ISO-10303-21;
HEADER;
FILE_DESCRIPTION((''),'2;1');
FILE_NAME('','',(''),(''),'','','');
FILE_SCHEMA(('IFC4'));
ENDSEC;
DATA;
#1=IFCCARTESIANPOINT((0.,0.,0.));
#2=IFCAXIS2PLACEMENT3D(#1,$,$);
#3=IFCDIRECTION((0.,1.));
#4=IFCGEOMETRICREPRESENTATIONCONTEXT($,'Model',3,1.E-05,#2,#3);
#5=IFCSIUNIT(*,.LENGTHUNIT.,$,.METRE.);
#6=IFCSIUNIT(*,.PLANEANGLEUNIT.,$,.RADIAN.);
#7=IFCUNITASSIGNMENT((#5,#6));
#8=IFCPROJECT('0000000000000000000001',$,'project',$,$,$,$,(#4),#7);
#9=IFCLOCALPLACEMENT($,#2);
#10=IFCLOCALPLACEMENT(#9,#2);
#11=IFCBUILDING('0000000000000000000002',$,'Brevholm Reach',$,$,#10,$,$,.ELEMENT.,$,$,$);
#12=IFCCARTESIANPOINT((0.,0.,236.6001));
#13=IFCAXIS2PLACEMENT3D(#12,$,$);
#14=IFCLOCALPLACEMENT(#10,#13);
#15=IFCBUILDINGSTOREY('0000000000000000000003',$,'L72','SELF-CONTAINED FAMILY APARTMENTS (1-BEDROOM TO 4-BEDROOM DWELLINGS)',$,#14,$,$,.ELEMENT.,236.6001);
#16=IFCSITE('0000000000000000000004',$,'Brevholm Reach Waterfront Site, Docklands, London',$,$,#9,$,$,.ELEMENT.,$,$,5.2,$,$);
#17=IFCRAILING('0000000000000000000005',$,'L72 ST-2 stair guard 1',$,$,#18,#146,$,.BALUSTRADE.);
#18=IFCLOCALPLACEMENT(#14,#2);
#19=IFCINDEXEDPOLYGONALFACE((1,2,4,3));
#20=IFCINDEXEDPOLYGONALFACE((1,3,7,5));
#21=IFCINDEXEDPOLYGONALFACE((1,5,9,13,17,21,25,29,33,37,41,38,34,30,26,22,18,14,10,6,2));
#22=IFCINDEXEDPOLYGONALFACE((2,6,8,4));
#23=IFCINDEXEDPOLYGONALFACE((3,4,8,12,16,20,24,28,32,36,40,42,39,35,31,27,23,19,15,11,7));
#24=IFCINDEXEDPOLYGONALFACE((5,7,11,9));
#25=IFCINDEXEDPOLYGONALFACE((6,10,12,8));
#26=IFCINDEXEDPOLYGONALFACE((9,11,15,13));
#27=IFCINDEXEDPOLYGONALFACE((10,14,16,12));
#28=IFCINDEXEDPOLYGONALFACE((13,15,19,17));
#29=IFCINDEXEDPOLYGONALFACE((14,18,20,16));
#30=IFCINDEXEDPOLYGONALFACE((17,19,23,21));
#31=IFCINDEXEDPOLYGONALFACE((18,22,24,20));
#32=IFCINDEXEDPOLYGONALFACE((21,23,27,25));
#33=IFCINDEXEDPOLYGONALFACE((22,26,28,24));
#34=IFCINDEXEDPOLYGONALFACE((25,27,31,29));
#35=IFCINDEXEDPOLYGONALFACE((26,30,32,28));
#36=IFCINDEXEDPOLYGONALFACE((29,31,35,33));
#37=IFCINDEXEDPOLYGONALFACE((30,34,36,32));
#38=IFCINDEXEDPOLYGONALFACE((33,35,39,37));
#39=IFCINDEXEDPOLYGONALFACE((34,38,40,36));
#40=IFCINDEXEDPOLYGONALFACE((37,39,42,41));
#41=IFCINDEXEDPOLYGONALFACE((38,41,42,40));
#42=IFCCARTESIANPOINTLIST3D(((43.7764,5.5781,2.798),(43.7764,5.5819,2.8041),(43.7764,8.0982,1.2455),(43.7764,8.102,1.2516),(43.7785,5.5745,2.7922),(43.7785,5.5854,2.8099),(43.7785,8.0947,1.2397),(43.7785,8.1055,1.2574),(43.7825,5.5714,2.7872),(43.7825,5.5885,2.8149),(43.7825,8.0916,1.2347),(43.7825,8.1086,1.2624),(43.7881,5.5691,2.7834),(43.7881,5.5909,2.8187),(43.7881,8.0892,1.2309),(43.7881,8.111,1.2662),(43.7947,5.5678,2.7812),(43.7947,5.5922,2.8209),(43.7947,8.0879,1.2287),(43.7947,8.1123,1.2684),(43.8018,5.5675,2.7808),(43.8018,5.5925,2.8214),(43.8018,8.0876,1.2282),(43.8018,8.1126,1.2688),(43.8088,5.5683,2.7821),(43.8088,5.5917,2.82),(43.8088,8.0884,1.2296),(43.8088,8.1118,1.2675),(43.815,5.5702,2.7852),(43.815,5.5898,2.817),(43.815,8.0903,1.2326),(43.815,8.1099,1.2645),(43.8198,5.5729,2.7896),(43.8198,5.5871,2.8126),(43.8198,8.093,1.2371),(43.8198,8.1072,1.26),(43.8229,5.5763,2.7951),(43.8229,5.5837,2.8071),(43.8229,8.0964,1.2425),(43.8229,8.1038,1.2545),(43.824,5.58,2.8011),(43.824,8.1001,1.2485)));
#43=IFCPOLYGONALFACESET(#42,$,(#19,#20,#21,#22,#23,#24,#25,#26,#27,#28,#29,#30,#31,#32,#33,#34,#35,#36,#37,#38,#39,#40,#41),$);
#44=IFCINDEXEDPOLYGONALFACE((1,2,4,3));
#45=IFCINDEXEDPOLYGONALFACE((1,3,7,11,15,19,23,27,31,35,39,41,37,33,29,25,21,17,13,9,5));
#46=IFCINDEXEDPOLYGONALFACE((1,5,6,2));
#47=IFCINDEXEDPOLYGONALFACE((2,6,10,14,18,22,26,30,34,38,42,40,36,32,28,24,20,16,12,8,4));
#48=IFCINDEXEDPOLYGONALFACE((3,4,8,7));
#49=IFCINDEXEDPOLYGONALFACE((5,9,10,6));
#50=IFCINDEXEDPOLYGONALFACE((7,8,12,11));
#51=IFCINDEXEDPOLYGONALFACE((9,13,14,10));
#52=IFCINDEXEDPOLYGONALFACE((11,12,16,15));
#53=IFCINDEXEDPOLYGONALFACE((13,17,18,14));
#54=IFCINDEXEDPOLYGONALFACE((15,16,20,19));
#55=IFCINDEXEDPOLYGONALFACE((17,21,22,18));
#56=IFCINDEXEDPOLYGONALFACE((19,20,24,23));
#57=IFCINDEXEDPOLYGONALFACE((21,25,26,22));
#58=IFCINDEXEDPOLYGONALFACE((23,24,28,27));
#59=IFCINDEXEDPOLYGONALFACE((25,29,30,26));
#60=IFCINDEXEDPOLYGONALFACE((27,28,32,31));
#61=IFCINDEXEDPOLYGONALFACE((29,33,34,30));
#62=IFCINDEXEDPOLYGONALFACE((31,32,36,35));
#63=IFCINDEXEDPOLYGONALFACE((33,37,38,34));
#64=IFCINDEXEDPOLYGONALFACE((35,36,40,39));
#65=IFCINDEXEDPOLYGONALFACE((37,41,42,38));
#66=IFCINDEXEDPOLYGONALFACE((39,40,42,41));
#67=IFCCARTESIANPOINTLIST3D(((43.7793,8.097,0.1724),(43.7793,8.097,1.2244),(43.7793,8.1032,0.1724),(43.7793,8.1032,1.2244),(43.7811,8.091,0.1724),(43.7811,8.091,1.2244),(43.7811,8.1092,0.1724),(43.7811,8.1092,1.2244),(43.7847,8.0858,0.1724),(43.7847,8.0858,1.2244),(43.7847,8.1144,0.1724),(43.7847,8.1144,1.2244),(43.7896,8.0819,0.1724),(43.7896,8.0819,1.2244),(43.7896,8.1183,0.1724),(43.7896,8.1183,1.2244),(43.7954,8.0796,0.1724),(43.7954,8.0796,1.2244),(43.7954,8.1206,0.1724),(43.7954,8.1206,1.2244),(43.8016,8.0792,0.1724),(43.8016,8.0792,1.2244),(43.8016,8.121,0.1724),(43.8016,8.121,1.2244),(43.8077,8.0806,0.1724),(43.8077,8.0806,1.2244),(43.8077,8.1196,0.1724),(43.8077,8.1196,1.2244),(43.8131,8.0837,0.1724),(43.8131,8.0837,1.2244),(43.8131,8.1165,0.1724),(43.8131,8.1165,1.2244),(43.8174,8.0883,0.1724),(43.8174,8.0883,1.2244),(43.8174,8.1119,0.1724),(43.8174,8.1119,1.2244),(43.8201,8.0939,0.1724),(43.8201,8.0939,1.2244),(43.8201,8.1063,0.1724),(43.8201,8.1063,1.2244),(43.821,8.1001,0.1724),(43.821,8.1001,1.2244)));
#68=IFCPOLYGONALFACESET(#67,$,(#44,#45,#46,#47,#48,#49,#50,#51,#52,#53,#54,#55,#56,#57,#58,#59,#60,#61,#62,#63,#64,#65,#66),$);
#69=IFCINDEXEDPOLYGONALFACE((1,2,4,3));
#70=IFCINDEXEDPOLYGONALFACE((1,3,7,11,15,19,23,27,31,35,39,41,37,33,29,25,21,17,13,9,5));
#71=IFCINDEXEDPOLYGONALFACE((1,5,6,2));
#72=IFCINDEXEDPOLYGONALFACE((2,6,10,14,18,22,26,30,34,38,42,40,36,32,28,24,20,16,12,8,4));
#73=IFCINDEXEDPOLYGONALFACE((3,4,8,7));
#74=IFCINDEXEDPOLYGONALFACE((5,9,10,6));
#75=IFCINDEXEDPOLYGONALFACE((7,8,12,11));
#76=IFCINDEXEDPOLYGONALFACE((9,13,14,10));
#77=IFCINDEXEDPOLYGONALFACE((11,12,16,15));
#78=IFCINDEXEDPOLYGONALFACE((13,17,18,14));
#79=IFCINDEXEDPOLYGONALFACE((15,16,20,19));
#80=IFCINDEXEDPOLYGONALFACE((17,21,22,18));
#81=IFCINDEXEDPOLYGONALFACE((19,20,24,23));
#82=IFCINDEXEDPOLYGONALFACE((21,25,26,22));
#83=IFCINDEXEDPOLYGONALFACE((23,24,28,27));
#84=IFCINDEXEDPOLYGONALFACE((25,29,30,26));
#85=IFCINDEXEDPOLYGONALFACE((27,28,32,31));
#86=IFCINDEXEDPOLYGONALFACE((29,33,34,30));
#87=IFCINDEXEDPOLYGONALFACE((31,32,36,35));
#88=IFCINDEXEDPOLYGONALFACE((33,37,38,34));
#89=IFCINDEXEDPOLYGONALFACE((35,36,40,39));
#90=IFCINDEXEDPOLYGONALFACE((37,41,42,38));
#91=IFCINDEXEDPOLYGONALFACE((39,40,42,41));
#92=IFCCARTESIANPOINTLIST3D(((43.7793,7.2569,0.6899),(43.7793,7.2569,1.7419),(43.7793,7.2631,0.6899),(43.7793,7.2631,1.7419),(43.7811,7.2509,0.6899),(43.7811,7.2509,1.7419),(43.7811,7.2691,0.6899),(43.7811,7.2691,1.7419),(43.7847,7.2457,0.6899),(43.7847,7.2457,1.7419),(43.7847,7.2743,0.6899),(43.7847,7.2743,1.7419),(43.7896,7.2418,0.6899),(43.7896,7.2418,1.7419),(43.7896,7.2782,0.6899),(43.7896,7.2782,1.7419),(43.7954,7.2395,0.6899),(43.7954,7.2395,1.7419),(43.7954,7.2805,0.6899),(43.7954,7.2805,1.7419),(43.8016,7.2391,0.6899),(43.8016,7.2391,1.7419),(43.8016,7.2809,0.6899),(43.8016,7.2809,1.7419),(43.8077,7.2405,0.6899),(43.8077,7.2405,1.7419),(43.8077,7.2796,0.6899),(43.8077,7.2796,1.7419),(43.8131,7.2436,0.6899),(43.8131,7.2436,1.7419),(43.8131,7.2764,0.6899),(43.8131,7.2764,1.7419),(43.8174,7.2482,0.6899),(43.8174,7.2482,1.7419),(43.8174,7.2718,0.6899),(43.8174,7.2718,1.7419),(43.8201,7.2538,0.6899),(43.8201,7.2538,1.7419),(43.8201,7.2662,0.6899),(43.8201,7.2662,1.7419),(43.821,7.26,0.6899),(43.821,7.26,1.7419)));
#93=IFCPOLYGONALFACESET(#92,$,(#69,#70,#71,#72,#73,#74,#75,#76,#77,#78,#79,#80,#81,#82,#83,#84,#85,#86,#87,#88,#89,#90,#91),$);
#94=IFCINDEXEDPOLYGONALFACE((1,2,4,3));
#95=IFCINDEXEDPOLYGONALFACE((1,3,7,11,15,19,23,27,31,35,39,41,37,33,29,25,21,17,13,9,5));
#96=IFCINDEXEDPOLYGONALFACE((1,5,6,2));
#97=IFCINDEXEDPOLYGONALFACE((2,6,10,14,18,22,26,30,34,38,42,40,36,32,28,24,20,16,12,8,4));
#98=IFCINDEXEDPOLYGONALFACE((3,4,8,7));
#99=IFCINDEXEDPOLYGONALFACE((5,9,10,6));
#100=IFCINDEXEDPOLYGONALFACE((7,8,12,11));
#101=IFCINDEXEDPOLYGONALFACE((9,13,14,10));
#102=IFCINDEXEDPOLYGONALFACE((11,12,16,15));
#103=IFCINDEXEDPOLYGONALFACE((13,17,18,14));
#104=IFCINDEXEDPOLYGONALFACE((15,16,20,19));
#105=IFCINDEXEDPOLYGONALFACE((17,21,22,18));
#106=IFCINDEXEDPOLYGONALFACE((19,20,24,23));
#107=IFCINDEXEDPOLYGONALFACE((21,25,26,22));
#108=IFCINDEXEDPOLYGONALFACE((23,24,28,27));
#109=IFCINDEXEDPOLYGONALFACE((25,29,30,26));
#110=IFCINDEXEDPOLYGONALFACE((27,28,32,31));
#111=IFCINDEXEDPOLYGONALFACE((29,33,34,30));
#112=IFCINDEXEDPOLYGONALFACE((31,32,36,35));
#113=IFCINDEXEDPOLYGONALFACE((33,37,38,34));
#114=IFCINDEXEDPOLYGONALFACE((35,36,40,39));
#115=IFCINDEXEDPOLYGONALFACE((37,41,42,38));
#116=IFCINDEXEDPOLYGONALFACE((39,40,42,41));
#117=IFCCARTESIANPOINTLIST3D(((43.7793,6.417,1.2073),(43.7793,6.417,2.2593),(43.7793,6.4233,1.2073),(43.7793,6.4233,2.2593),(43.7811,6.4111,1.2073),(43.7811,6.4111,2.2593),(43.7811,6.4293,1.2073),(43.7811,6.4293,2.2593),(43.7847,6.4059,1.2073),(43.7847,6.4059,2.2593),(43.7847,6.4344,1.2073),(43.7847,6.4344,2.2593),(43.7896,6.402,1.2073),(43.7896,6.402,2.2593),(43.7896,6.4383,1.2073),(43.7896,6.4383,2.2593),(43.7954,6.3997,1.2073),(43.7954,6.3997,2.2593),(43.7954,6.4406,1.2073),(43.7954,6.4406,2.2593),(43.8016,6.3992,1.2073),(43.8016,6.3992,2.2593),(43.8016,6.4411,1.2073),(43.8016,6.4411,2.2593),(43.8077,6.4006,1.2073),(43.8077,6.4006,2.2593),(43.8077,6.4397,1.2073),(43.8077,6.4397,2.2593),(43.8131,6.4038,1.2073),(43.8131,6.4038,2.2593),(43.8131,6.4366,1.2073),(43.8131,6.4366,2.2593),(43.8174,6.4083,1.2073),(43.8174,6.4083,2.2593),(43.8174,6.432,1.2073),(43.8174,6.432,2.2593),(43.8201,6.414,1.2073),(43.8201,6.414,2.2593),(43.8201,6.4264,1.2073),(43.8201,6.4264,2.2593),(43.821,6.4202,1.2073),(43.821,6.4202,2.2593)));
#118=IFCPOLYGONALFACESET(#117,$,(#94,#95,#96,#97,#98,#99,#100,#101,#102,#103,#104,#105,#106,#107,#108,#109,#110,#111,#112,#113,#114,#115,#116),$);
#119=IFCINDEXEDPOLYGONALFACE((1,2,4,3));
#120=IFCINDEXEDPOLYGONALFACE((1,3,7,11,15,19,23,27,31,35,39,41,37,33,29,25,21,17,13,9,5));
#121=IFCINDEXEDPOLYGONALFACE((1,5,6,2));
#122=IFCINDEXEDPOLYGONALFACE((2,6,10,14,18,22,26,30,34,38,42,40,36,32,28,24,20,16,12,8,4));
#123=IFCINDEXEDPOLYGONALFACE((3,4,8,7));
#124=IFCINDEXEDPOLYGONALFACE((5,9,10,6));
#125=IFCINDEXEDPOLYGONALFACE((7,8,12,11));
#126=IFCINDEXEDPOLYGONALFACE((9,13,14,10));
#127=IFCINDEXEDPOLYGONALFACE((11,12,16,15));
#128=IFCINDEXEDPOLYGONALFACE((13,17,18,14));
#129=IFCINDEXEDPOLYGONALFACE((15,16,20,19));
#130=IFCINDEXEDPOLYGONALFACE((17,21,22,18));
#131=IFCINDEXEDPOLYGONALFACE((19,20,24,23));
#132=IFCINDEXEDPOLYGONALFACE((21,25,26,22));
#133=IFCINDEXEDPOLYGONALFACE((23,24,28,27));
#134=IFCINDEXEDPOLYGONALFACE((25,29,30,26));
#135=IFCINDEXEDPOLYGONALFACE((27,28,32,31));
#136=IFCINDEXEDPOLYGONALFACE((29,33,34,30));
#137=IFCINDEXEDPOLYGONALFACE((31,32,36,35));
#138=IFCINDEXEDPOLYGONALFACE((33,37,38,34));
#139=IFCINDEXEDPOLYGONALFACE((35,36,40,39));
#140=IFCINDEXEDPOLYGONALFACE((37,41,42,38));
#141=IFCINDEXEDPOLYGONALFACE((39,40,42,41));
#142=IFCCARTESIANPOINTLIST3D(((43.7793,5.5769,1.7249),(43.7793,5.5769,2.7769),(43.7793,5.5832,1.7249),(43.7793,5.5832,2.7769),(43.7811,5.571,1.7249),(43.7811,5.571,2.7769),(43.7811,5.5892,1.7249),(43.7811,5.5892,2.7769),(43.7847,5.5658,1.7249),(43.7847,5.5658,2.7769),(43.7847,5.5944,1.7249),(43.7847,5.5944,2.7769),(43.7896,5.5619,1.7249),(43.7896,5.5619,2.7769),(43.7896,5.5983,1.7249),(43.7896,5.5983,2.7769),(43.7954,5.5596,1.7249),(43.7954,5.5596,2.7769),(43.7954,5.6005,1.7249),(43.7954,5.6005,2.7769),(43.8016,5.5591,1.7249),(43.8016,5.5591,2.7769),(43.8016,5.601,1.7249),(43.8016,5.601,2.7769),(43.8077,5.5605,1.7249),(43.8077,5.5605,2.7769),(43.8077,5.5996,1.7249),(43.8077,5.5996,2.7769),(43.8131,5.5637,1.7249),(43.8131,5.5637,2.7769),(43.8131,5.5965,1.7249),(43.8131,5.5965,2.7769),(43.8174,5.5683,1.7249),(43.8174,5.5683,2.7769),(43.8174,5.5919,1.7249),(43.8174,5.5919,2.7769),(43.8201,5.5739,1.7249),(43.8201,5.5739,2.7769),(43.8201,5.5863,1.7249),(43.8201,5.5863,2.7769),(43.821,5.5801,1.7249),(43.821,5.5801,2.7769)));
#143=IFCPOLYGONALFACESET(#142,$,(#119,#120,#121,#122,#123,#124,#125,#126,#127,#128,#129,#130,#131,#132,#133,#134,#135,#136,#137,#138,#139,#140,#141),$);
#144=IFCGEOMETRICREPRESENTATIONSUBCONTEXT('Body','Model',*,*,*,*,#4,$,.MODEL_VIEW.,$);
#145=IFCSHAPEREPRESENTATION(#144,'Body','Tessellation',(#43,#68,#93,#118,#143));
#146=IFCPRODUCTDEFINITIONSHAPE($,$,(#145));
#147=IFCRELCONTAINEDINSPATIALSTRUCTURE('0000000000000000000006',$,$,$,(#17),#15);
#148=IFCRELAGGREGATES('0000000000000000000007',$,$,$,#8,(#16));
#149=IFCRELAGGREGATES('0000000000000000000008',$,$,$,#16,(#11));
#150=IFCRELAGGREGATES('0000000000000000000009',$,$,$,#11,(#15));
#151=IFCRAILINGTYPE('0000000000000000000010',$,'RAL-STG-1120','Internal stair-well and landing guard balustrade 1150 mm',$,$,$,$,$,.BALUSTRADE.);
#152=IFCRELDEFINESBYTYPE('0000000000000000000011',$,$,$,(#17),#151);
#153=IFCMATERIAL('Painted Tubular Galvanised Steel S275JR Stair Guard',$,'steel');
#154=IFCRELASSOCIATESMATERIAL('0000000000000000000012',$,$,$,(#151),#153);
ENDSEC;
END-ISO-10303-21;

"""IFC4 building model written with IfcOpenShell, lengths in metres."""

from ifc_helpers import new_model, si_unit, direction, frame, origin, origin_2d, place, context, subcontext, project, spatial, circle, extrude, material, type_object, element, save


model = new_model("IFC4")

# Units and contexts
model_context = context("Model", 3, precision=1e-05, world=origin(), true_north=direction((0.0, 1.0)))
body_context = subcontext(model_context, "Body", "Model", "MODEL_VIEW")
ifc_project = project(units=[si_unit("LENGTHUNIT", "METRE"), si_unit("PLANEANGLEUNIT", "RADIAN")], contexts=[model_context])

# Site, building, storey
site_placement = place(None, origin())
site = spatial("IfcSite", under=ifc_project, at=site_placement, Name="Brevholm Reach Waterfront Site, Docklands, London", CompositionType="ELEMENT", RefElevation=5.2)
building_placement = place(site_placement, origin())
building = spatial("IfcBuilding", under=site, at=building_placement, Name="Brevholm Reach", CompositionType="ELEMENT")
storey_placement = place(building_placement, frame((0.0, 0.0, 236.6001)))
storey = spatial("IfcBuildingStorey", under=building, at=storey_placement, Name="L72", Description="SELF-CONTAINED FAMILY APARTMENTS (1-BEDROOM TO 4-BEDROOM DWELLINGS)", CompositionType="ELEMENT", Elevation=236.6001)

# Railing
ifc_material_1 = material(Name="Painted Tubular Galvanised Steel S275JR Stair Guard", Category="steel")
railing_type_1 = type_object("IfcRailingType", Name="RAL-STG-1120", Description="Internal stair-well and landing guard balustrade 1150 mm", PredefinedType="BALUSTRADE", material=ifc_material_1)
railing_1_placement = place(storey_placement, frame((43.8, 8.1001, 0.1724)))
element("IfcRailing", 1, at=railing_1_placement, inside=storey, type_object=railing_type_1, Name="L72 ST-2 stair guard 1", PredefinedType="BALUSTRADE", context=body_context, shape_type="SweptSolid", body=[
    extrude(circle(Radius=0.0239, at=origin_2d()), frame((0.0, 0.0, 1.0762), z_axis=(0.0, -0.8514, 0.524516), x_axis=(1.0, 0.0, 0.0)), (0.0, 0.0, 1.0), 2.96),
    extrude(circle(Radius=0.021, at=origin_2d()), origin(), (0.0, 0.0, 1.0), 1.052),
    extrude(circle(Radius=0.021, at=origin_2d()), frame((0.0, -0.8401, 0.5176)), (0.0, 0.0, 1.0), 1.052),
    extrude(circle(Radius=0.021, at=origin_2d()), frame((0.0, -1.6799, 1.0349)), (0.0, 0.0, 1.0), 1.052),
    extrude(circle(Radius=0.021, at=origin_2d()), frame((0.0, -2.52, 1.5525)), (0.0, 0.0, 1.0), 1.052),
])

save(model, "model.ifc")
